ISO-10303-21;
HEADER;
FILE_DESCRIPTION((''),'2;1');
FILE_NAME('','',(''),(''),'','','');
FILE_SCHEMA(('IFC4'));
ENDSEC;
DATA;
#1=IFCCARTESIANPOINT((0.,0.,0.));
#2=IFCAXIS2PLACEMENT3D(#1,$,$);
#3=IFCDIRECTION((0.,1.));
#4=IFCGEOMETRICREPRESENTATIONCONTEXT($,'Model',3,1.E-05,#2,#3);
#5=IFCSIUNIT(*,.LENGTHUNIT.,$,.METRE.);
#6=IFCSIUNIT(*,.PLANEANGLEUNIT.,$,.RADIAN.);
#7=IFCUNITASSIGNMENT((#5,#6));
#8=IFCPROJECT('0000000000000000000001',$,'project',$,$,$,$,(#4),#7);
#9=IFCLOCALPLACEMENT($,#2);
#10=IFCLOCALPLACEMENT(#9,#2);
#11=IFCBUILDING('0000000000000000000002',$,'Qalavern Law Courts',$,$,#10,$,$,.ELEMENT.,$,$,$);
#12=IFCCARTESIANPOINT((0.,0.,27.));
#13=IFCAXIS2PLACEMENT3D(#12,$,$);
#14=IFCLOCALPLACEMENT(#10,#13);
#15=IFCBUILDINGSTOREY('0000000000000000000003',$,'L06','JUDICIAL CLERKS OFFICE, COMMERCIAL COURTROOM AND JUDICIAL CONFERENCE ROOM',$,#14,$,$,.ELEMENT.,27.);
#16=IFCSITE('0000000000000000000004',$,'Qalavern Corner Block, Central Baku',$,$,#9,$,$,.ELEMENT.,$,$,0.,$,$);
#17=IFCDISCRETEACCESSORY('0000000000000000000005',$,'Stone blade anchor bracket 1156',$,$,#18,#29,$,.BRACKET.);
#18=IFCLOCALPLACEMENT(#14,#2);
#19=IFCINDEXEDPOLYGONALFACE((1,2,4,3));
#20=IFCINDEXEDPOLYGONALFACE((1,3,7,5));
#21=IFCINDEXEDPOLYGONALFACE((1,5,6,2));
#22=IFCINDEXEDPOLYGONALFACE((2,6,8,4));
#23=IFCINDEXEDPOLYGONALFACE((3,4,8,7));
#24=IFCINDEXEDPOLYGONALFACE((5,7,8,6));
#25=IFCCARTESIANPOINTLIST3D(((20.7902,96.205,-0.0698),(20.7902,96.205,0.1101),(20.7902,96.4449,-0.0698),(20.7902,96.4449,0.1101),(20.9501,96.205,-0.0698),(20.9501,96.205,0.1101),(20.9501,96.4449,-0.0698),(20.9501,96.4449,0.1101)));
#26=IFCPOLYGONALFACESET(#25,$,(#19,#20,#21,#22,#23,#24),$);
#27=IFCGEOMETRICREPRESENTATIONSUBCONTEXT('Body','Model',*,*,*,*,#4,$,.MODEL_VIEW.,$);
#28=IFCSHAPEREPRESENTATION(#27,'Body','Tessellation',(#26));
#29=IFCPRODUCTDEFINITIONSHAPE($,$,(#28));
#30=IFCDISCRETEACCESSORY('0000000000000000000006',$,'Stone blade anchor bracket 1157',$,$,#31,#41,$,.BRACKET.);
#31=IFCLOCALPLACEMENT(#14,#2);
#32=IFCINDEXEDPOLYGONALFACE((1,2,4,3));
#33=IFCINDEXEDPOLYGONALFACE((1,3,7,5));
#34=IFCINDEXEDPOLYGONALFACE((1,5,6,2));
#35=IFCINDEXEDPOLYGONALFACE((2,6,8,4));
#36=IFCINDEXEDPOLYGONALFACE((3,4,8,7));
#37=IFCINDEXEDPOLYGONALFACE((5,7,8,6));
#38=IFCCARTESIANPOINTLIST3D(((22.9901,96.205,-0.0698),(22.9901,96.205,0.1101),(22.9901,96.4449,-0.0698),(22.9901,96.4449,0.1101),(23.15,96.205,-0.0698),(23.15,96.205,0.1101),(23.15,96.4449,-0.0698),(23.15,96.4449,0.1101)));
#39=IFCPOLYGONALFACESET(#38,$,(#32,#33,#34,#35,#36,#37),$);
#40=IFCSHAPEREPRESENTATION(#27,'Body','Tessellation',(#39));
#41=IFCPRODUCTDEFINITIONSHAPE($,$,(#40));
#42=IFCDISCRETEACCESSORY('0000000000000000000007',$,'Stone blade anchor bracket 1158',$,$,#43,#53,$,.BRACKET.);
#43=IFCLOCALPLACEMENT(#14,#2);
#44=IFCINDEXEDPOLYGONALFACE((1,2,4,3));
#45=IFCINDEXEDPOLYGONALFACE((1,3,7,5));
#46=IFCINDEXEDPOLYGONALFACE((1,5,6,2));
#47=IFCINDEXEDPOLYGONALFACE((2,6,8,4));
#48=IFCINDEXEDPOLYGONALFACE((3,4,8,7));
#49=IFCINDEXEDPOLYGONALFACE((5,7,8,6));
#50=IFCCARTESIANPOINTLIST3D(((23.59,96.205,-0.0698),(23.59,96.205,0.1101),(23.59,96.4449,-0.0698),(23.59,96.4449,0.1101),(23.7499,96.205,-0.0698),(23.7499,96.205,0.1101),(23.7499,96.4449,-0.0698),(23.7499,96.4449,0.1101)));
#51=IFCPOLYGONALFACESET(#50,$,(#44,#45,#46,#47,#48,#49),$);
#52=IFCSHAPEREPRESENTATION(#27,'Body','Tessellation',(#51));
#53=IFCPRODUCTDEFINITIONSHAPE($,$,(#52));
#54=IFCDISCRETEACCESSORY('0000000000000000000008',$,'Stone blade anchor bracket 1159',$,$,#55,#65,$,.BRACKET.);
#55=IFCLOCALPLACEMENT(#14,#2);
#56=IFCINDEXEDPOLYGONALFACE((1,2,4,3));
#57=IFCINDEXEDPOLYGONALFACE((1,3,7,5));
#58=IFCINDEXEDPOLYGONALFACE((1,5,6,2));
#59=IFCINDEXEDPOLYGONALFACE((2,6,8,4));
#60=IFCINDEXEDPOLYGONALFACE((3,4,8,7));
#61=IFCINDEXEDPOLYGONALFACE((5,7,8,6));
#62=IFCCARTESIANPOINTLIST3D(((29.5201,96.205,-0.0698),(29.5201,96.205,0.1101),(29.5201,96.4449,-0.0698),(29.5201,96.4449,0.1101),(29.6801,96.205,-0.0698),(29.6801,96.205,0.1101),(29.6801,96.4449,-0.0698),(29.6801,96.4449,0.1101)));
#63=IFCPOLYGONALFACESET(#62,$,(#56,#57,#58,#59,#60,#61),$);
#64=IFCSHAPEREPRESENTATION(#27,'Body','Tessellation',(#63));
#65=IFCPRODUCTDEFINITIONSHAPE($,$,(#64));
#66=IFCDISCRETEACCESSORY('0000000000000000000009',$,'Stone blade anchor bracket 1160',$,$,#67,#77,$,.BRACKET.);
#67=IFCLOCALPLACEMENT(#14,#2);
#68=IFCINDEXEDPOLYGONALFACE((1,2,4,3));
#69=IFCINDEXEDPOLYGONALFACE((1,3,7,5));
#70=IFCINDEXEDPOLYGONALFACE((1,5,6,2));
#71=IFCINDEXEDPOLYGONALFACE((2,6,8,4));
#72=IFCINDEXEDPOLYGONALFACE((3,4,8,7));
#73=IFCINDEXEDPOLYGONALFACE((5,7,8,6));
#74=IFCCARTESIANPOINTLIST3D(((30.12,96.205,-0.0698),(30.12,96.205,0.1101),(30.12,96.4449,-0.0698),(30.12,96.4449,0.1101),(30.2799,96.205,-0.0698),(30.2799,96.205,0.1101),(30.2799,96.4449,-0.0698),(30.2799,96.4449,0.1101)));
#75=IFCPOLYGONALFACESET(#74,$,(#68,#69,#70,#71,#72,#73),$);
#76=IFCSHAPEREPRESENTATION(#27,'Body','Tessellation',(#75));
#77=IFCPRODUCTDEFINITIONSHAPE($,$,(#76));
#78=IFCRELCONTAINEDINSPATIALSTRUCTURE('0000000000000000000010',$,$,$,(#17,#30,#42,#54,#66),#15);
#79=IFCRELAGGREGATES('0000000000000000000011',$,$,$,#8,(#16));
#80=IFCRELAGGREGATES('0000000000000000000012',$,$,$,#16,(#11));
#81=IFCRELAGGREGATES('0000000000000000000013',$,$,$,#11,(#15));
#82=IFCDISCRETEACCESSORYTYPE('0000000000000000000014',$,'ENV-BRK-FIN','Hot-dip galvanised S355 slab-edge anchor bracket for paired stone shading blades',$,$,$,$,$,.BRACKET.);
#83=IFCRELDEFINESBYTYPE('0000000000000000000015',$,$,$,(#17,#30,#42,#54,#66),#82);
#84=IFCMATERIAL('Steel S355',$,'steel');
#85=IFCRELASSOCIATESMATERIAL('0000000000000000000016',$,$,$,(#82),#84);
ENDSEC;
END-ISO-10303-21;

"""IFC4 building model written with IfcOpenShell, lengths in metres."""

from ifc_helpers import new_model, si_unit, direction, frame, origin, origin_2d, place, context, subcontext, project, spatial, rectangle, extrude, material, type_object, element, save


model = new_model("IFC4")

# Units and contexts
model_context = context("Model", 3, precision=1e-05, world=origin(), true_north=direction((0.0, 1.0)))
body_context = subcontext(model_context, "Body", "Model", "MODEL_VIEW")
ifc_project = project(units=[si_unit("LENGTHUNIT", "METRE"), si_unit("PLANEANGLEUNIT", "RADIAN")], contexts=[model_context])

# Site, building, storey
site_placement = place(None, origin())
site = spatial("IfcSite", under=ifc_project, at=site_placement, Name="Qalavern Corner Block, Central Baku", CompositionType="ELEMENT", RefElevation=0.0)
building_placement = place(site_placement, origin())
building = spatial("IfcBuilding", under=site, at=building_placement, Name="Qalavern Law Courts", CompositionType="ELEMENT")
storey_placement = place(building_placement, frame((0.0, 0.0, 27.0)))
storey = spatial("IfcBuildingStorey", under=building, at=storey_placement, Name="L06", Description="JUDICIAL CLERKS OFFICE, COMMERCIAL COURTROOM AND JUDICIAL CONFERENCE ROOM", CompositionType="ELEMENT", Elevation=27.0)

# Shared definitions
ifc_material_1 = material(Name="Steel S355", Category="steel")

# Discrete accessories
discrete_accessory_type = type_object("IfcDiscreteAccessoryType", Name="ENV-BRK-FIN", Description="Hot-dip galvanised S355 slab-edge anchor bracket for paired stone shading blades", PredefinedType="BRACKET", material=ifc_material_1)
for number, where, z_axis, x_axis, name in (
    (1, (20.8701, 96.325, -0.0698), (0.0, 0.0, 1.0), (0.0, -1.0, 0.0), "Stone blade anchor bracket 1156"),
    (2, (23.0701, 96.325, -0.0698), (0.0, 0.0, 1.0), (0.0, -1.0, 0.0), "Stone blade anchor bracket 1157"),
    (3, (23.6699, 96.325, -0.0698), (0.0, 0.0, 1.0), (0.0, -1.0, 0.0), "Stone blade anchor bracket 1158"),
    (4, (29.6001, 96.325, -0.0698), (0.0, 0.0, 1.0), (0.0, -1.0, 0.0), "Stone blade anchor bracket 1159"),
    (5, (30.2, 96.325, -0.0698), (0.0, 0.0, 1.0), (0.0, -1.0, 0.0), "Stone blade anchor bracket 1160"),
):
    element("IfcDiscreteAccessory", number, at=place(storey_placement, frame(where, z_axis=z_axis, x_axis=x_axis)), inside=storey, type_object=discrete_accessory_type, Name=name, PredefinedType="BRACKET", context=body_context, shape_type="SweptSolid", body=[
        extrude(rectangle(XDim=0.24, YDim=0.1599, at=origin_2d()), origin(), (0.0, 0.0, 1.0), 0.1799),
    ])

save(model, "model.ifc")
